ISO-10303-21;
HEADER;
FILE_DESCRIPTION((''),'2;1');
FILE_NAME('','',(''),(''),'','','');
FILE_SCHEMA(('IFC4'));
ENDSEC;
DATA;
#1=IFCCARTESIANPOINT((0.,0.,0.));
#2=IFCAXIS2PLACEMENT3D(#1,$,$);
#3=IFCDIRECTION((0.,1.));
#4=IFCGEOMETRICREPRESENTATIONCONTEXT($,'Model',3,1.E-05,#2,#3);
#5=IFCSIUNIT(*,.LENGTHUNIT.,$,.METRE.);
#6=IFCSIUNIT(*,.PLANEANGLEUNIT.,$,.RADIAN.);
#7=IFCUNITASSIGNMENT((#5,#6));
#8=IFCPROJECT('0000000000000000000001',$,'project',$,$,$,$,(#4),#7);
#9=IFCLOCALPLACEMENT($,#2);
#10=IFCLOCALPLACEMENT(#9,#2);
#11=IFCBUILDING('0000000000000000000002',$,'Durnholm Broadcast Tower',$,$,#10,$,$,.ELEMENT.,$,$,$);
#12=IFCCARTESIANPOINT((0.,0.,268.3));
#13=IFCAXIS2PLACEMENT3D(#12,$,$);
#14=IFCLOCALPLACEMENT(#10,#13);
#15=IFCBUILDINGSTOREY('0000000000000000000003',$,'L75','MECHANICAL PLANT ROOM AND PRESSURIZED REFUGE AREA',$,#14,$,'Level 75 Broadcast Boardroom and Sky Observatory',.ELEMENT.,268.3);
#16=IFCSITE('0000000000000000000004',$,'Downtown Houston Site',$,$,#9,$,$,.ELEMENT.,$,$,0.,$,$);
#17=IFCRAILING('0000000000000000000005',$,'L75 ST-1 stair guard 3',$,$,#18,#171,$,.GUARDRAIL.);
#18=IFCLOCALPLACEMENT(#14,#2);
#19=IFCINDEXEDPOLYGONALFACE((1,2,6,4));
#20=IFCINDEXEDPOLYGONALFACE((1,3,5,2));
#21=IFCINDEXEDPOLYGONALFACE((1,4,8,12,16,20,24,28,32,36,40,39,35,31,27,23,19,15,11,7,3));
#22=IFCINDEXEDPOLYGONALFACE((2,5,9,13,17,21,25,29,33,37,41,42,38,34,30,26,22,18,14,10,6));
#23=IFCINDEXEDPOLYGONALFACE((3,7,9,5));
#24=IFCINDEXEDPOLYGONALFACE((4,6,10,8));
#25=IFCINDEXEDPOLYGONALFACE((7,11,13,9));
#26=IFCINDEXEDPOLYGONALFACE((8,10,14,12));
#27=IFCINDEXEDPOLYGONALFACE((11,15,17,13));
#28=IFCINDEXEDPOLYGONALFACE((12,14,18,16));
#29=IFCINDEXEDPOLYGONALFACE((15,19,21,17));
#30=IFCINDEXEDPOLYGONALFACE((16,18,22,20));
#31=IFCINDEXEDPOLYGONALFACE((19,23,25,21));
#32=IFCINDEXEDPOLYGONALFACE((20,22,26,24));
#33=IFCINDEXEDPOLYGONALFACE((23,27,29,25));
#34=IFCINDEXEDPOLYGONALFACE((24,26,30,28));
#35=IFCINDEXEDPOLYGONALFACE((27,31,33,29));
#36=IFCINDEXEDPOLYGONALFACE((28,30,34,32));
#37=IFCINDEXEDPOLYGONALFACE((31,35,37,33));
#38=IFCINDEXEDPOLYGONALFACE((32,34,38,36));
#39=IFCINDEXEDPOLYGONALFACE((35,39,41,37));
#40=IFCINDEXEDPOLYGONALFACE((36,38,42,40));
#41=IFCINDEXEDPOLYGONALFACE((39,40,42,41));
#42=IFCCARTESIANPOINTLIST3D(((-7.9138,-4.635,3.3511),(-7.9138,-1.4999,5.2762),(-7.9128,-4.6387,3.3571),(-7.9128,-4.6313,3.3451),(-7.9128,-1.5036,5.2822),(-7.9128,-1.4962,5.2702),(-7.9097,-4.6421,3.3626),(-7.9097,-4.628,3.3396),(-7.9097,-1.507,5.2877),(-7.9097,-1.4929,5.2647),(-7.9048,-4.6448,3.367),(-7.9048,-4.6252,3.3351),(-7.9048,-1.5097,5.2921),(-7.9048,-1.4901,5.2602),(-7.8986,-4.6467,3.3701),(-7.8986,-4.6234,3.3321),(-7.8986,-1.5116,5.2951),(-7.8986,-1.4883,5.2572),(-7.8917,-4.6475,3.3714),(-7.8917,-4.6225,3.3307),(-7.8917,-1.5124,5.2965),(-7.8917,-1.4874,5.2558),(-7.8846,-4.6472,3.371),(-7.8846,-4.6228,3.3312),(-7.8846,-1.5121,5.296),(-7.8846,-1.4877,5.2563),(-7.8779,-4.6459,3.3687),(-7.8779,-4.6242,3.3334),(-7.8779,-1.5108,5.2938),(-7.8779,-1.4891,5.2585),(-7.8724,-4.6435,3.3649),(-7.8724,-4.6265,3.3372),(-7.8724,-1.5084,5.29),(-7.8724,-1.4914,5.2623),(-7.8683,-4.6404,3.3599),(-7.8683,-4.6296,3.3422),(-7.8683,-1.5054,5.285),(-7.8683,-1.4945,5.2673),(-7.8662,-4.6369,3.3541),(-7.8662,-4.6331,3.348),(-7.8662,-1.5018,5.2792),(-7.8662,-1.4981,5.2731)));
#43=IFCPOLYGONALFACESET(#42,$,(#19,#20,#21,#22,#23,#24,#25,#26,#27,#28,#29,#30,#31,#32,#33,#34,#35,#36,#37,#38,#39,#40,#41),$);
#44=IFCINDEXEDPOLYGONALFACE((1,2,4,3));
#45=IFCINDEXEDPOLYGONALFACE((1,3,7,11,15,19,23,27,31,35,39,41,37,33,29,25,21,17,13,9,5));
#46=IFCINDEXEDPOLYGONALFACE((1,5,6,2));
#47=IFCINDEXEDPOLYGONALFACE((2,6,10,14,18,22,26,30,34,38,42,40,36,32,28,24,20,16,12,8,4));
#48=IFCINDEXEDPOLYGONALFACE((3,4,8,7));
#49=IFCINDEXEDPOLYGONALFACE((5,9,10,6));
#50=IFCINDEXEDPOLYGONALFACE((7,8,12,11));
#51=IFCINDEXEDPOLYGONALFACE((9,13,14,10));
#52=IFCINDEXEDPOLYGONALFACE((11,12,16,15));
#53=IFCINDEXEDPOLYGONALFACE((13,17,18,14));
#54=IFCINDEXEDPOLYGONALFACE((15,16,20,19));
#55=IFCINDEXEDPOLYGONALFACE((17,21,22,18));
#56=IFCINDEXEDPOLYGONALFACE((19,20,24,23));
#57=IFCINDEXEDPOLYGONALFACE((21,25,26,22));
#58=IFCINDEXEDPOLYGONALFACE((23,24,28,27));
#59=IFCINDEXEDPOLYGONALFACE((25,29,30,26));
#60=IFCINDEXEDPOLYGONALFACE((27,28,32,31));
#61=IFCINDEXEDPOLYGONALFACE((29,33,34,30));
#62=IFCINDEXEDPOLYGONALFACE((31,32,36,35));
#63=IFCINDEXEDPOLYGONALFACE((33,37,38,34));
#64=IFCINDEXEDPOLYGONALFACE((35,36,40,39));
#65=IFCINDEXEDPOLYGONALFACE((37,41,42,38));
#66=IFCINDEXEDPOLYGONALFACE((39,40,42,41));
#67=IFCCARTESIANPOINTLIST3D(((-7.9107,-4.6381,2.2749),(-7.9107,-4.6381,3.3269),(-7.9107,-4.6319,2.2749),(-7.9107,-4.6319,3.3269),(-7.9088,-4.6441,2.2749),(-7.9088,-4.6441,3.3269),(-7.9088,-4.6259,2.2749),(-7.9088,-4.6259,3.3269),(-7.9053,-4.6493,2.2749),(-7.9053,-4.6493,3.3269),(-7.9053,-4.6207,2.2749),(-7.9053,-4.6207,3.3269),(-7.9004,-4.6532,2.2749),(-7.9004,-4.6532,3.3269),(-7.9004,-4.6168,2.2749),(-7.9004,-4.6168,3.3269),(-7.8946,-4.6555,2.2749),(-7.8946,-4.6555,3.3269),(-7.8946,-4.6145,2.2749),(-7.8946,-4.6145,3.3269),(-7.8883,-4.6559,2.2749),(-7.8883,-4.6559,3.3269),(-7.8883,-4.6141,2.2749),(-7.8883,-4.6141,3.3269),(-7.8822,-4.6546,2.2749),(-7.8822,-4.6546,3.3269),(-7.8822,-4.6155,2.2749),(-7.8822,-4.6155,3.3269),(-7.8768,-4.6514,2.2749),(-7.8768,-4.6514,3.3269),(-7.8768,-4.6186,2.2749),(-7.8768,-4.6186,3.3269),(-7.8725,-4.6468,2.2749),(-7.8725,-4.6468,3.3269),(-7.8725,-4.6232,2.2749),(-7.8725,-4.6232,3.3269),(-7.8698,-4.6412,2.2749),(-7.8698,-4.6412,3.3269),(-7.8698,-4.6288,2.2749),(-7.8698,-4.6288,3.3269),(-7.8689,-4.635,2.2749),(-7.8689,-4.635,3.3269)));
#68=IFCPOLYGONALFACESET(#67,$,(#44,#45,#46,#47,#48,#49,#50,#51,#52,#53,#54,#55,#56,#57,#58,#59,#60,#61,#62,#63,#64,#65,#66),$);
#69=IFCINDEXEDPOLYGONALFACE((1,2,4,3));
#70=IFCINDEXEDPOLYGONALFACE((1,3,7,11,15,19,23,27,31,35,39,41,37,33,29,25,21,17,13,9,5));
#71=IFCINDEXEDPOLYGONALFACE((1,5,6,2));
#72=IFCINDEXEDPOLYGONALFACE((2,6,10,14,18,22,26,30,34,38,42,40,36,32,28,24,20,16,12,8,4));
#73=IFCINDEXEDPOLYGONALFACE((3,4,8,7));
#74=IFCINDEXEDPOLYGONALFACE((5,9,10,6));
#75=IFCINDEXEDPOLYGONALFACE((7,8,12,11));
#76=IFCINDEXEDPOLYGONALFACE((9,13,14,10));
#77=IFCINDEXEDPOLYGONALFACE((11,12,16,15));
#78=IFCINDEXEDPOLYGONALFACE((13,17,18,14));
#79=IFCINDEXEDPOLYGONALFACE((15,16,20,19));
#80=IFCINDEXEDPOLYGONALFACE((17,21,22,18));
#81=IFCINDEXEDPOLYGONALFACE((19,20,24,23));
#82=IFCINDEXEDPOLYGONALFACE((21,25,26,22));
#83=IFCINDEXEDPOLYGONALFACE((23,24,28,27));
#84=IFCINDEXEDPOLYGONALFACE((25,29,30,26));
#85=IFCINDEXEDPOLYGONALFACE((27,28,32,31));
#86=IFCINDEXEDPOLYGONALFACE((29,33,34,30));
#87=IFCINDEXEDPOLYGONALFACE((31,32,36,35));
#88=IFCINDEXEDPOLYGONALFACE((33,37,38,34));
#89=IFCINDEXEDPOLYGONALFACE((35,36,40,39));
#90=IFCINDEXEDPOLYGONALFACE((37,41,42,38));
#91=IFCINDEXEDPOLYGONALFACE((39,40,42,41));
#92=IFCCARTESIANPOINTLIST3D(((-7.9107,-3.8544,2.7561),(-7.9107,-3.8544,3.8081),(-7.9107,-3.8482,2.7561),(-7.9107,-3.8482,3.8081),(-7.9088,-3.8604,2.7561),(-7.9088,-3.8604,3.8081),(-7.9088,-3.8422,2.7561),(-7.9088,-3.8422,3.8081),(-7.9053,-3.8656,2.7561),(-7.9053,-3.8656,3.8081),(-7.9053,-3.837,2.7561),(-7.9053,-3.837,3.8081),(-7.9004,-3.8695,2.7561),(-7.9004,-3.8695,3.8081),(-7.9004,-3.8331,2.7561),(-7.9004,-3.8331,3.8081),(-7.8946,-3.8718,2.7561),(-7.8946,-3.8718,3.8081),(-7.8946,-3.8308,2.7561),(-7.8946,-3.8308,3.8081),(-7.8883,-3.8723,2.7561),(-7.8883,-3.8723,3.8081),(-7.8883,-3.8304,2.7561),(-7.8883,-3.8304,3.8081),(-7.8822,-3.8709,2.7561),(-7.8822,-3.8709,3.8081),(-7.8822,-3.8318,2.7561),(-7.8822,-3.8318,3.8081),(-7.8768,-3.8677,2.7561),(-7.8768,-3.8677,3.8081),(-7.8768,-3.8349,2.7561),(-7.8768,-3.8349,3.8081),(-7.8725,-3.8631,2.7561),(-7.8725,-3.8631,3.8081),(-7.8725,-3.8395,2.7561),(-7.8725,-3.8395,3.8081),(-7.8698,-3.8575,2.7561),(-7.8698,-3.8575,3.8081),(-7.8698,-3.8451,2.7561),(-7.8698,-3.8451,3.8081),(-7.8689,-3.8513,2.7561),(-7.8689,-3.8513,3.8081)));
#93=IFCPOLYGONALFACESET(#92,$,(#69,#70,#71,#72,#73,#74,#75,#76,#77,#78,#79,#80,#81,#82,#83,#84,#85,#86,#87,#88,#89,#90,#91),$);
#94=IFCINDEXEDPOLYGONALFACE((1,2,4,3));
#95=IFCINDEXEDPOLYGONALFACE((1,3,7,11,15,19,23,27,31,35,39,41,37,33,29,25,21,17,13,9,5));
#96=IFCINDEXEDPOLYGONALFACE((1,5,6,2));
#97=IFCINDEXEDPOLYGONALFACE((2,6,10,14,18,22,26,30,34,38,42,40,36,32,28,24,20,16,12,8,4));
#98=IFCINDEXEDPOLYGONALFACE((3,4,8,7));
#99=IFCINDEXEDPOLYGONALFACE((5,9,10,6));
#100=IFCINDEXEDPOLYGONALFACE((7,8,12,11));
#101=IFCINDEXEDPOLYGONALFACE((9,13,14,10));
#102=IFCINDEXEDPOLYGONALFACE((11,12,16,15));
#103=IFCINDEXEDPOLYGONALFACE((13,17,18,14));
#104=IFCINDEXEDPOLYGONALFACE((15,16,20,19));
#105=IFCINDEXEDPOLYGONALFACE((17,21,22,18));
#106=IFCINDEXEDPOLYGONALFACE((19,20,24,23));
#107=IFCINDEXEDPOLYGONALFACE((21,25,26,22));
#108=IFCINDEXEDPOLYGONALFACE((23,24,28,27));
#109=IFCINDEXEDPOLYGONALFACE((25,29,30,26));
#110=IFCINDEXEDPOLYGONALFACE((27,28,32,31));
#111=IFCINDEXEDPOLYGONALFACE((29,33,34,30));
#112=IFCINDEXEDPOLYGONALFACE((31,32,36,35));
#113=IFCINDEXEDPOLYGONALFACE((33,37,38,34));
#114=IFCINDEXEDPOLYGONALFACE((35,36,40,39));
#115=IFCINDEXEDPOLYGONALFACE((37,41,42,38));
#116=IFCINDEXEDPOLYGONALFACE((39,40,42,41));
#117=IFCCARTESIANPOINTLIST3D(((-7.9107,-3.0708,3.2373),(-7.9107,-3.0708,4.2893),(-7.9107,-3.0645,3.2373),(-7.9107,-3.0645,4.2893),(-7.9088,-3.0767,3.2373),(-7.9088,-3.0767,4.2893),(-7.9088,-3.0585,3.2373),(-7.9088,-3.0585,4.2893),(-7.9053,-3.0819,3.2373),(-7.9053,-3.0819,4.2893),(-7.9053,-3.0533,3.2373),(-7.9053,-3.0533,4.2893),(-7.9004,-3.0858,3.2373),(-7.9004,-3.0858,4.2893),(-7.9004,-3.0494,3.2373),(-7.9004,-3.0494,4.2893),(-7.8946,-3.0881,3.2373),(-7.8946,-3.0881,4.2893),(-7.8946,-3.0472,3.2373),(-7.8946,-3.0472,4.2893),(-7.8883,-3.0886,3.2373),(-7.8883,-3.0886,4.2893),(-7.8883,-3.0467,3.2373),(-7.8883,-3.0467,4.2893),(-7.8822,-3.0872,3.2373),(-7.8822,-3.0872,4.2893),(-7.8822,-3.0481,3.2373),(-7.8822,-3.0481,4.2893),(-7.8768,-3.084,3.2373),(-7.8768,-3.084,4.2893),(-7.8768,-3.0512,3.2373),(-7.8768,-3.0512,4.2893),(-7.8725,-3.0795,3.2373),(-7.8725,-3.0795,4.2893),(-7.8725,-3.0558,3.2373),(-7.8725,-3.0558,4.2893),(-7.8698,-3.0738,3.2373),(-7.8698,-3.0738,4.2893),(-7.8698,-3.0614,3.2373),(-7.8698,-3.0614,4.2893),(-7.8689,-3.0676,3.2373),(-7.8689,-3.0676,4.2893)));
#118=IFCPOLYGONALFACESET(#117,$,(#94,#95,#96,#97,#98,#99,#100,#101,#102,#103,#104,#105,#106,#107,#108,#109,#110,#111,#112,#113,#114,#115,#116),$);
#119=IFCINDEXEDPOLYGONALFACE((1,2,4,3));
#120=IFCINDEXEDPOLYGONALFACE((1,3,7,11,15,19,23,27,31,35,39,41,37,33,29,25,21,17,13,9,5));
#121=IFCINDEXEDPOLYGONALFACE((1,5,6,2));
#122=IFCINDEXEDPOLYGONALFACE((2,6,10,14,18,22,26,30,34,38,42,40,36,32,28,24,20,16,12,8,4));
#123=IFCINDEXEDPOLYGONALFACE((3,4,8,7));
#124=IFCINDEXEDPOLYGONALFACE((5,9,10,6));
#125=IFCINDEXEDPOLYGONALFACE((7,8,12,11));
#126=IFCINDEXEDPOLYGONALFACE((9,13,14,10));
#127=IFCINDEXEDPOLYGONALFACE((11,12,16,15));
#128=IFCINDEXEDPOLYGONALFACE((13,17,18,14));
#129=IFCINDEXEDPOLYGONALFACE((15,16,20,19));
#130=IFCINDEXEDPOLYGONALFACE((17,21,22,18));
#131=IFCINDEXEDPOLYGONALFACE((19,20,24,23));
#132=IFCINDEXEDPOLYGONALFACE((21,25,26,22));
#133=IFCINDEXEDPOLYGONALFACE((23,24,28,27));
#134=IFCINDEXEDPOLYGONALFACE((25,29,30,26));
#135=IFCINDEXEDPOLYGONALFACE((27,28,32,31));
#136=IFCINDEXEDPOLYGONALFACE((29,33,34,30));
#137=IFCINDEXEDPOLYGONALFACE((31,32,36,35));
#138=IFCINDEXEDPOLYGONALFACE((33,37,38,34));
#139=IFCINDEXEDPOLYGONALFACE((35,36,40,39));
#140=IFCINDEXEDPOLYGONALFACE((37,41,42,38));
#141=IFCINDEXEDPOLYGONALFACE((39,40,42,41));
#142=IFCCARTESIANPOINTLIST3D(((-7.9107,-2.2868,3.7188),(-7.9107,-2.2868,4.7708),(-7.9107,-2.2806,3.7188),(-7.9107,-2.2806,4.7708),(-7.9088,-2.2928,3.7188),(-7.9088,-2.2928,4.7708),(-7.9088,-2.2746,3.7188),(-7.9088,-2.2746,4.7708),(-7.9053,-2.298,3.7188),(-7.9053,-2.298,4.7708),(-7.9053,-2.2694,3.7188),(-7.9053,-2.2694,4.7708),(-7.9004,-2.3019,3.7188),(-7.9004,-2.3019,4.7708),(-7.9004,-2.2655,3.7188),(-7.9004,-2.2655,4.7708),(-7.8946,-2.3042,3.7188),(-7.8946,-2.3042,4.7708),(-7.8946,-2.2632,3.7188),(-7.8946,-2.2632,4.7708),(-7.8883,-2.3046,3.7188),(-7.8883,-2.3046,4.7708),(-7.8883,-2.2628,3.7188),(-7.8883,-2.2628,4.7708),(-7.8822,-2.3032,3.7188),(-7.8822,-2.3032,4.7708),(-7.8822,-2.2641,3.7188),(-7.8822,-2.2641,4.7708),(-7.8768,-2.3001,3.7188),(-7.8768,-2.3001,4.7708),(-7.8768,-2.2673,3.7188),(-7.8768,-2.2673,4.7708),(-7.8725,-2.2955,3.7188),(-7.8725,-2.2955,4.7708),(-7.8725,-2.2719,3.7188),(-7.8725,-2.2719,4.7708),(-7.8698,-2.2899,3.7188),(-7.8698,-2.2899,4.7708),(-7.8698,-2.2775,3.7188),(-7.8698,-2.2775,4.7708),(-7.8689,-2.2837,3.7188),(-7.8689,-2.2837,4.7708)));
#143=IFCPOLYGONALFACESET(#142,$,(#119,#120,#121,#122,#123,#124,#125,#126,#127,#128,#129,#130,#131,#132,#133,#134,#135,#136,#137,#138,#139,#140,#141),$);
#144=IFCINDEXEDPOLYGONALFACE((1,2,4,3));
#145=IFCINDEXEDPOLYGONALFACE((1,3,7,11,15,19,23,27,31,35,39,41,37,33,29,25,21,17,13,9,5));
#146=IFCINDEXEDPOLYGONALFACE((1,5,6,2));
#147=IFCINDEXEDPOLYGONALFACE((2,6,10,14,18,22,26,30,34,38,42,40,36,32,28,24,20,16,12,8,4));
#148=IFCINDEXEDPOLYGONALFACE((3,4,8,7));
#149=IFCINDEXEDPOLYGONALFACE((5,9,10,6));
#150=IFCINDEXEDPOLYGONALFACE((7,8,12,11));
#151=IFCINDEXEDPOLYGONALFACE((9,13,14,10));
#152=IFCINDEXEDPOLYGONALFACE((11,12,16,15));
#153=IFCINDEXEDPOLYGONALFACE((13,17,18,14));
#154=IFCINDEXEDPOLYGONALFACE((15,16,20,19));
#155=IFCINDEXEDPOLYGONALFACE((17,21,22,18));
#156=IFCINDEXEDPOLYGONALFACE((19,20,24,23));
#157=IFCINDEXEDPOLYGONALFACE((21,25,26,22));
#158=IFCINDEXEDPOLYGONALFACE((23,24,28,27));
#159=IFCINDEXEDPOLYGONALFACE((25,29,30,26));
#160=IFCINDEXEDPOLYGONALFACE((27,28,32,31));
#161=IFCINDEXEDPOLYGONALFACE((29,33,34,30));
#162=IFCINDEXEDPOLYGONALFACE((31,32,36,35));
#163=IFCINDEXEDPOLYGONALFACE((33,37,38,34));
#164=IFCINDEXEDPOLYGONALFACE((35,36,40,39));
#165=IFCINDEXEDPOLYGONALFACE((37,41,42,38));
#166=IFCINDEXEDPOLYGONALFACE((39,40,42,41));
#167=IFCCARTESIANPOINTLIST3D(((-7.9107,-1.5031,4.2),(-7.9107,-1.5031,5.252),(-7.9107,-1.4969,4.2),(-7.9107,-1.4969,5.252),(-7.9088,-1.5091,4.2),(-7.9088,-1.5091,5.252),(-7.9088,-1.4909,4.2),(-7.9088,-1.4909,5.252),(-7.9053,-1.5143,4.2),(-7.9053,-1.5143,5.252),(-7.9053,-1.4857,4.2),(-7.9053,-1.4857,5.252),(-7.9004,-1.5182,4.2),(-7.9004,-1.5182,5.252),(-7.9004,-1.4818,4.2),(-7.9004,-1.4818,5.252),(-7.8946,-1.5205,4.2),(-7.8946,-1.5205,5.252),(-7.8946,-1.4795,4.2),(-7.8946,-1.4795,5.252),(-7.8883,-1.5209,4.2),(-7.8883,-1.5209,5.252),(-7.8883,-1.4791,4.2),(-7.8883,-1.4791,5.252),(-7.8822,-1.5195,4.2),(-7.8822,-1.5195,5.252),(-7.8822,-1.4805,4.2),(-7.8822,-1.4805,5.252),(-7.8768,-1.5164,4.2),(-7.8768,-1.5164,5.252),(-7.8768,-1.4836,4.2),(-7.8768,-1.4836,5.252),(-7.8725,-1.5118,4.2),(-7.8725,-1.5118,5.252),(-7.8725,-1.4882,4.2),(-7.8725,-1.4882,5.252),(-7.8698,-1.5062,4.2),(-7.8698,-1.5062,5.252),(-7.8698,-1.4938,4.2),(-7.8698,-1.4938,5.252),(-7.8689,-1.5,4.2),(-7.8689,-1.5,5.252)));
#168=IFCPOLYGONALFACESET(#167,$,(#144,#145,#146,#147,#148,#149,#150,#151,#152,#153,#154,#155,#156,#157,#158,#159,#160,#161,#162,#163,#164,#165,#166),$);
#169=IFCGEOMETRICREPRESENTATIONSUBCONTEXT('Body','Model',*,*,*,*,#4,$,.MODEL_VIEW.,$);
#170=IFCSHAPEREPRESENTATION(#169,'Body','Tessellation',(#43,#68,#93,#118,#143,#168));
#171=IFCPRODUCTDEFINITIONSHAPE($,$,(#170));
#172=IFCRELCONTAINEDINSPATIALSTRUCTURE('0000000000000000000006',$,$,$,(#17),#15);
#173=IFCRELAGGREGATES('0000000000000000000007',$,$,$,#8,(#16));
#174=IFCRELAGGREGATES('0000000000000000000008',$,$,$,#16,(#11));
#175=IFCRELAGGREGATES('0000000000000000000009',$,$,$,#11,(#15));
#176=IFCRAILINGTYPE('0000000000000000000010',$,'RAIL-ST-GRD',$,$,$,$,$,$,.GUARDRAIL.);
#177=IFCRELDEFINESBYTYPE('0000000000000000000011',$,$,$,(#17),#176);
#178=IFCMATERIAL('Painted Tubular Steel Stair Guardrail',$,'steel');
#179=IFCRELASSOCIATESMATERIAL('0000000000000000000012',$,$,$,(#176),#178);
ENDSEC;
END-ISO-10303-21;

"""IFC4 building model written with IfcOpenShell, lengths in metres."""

from ifc_helpers import new_model, si_unit, direction, frame, origin, origin_2d, place, context, subcontext, project, spatial, circle, extrude, material, type_object, element, save


model = new_model("IFC4")

# Units and contexts
model_context = context("Model", 3, precision=1e-05, world=origin(), true_north=direction((0.0, 1.0)))
body_context = subcontext(model_context, "Body", "Model", "MODEL_VIEW")
ifc_project = project(units=[si_unit("LENGTHUNIT", "METRE"), si_unit("PLANEANGLEUNIT", "RADIAN")], contexts=[model_context])

# Site, building, storey
site_placement = place(None, origin())
site = spatial("IfcSite", under=ifc_project, at=site_placement, Name="Downtown Houston Site", CompositionType="ELEMENT", RefElevation=0.0)
building_placement = place(site_placement, origin())
building = spatial("IfcBuilding", under=site, at=building_placement, Name="Durnholm Broadcast Tower", CompositionType="ELEMENT")
storey_placement = place(building_placement, frame((0.0, 0.0, 268.3)))
storey = spatial("IfcBuildingStorey", under=building, at=storey_placement, Name="L75", Description="MECHANICAL PLANT ROOM AND PRESSURIZED REFUGE AREA", LongName="Level 75 Broadcast Boardroom and Sky Observatory", CompositionType="ELEMENT", Elevation=268.3)

# Railing
ifc_material_1 = material(Name="Painted Tubular Steel Stair Guardrail", Category="steel")
railing_type_1 = type_object("IfcRailingType", Name="RAIL-ST-GRD", PredefinedType="GUARDRAIL", material=ifc_material_1)
railing_1_placement = place(storey_placement, frame((-7.8899, -4.635, 2.2749)))
element("IfcRailing", 1, at=railing_1_placement, inside=storey, type_object=railing_type_1, Name="L75 ST-1 stair guard 3", PredefinedType="GUARDRAIL", context=body_context, shape_type="SweptSolid", body=[
    extrude(circle(Radius=0.0239, at=origin_2d()), frame((0.0, 0.0, 1.0762), z_axis=(0.0, 0.852166, 0.523271), x_axis=(-1.0, 0.0, 0.0)), (0.0, 0.0, 1.0), 3.679),
    extrude(circle(Radius=0.021, at=origin_2d()), origin(), (0.0, 0.0, 1.0), 1.052),
    extrude(circle(Radius=0.021, at=origin_2d()), frame((0.0, 0.7837, 0.4812)), (0.0, 0.0, 1.0), 1.052),
    extrude(circle(Radius=0.021, at=origin_2d()), frame((0.0, 1.5674, 0.9624)), (0.0, 0.0, 1.0), 1.052),
    extrude(circle(Radius=0.021, at=origin_2d()), frame((0.0, 2.3513, 1.4438)), (0.0, 0.0, 1.0), 1.052),
    extrude(circle(Radius=0.021, at=origin_2d()), frame((0.0, 3.135, 1.925)), (0.0, 0.0, 1.0), 1.052),
])

save(model, "model.ifc")
